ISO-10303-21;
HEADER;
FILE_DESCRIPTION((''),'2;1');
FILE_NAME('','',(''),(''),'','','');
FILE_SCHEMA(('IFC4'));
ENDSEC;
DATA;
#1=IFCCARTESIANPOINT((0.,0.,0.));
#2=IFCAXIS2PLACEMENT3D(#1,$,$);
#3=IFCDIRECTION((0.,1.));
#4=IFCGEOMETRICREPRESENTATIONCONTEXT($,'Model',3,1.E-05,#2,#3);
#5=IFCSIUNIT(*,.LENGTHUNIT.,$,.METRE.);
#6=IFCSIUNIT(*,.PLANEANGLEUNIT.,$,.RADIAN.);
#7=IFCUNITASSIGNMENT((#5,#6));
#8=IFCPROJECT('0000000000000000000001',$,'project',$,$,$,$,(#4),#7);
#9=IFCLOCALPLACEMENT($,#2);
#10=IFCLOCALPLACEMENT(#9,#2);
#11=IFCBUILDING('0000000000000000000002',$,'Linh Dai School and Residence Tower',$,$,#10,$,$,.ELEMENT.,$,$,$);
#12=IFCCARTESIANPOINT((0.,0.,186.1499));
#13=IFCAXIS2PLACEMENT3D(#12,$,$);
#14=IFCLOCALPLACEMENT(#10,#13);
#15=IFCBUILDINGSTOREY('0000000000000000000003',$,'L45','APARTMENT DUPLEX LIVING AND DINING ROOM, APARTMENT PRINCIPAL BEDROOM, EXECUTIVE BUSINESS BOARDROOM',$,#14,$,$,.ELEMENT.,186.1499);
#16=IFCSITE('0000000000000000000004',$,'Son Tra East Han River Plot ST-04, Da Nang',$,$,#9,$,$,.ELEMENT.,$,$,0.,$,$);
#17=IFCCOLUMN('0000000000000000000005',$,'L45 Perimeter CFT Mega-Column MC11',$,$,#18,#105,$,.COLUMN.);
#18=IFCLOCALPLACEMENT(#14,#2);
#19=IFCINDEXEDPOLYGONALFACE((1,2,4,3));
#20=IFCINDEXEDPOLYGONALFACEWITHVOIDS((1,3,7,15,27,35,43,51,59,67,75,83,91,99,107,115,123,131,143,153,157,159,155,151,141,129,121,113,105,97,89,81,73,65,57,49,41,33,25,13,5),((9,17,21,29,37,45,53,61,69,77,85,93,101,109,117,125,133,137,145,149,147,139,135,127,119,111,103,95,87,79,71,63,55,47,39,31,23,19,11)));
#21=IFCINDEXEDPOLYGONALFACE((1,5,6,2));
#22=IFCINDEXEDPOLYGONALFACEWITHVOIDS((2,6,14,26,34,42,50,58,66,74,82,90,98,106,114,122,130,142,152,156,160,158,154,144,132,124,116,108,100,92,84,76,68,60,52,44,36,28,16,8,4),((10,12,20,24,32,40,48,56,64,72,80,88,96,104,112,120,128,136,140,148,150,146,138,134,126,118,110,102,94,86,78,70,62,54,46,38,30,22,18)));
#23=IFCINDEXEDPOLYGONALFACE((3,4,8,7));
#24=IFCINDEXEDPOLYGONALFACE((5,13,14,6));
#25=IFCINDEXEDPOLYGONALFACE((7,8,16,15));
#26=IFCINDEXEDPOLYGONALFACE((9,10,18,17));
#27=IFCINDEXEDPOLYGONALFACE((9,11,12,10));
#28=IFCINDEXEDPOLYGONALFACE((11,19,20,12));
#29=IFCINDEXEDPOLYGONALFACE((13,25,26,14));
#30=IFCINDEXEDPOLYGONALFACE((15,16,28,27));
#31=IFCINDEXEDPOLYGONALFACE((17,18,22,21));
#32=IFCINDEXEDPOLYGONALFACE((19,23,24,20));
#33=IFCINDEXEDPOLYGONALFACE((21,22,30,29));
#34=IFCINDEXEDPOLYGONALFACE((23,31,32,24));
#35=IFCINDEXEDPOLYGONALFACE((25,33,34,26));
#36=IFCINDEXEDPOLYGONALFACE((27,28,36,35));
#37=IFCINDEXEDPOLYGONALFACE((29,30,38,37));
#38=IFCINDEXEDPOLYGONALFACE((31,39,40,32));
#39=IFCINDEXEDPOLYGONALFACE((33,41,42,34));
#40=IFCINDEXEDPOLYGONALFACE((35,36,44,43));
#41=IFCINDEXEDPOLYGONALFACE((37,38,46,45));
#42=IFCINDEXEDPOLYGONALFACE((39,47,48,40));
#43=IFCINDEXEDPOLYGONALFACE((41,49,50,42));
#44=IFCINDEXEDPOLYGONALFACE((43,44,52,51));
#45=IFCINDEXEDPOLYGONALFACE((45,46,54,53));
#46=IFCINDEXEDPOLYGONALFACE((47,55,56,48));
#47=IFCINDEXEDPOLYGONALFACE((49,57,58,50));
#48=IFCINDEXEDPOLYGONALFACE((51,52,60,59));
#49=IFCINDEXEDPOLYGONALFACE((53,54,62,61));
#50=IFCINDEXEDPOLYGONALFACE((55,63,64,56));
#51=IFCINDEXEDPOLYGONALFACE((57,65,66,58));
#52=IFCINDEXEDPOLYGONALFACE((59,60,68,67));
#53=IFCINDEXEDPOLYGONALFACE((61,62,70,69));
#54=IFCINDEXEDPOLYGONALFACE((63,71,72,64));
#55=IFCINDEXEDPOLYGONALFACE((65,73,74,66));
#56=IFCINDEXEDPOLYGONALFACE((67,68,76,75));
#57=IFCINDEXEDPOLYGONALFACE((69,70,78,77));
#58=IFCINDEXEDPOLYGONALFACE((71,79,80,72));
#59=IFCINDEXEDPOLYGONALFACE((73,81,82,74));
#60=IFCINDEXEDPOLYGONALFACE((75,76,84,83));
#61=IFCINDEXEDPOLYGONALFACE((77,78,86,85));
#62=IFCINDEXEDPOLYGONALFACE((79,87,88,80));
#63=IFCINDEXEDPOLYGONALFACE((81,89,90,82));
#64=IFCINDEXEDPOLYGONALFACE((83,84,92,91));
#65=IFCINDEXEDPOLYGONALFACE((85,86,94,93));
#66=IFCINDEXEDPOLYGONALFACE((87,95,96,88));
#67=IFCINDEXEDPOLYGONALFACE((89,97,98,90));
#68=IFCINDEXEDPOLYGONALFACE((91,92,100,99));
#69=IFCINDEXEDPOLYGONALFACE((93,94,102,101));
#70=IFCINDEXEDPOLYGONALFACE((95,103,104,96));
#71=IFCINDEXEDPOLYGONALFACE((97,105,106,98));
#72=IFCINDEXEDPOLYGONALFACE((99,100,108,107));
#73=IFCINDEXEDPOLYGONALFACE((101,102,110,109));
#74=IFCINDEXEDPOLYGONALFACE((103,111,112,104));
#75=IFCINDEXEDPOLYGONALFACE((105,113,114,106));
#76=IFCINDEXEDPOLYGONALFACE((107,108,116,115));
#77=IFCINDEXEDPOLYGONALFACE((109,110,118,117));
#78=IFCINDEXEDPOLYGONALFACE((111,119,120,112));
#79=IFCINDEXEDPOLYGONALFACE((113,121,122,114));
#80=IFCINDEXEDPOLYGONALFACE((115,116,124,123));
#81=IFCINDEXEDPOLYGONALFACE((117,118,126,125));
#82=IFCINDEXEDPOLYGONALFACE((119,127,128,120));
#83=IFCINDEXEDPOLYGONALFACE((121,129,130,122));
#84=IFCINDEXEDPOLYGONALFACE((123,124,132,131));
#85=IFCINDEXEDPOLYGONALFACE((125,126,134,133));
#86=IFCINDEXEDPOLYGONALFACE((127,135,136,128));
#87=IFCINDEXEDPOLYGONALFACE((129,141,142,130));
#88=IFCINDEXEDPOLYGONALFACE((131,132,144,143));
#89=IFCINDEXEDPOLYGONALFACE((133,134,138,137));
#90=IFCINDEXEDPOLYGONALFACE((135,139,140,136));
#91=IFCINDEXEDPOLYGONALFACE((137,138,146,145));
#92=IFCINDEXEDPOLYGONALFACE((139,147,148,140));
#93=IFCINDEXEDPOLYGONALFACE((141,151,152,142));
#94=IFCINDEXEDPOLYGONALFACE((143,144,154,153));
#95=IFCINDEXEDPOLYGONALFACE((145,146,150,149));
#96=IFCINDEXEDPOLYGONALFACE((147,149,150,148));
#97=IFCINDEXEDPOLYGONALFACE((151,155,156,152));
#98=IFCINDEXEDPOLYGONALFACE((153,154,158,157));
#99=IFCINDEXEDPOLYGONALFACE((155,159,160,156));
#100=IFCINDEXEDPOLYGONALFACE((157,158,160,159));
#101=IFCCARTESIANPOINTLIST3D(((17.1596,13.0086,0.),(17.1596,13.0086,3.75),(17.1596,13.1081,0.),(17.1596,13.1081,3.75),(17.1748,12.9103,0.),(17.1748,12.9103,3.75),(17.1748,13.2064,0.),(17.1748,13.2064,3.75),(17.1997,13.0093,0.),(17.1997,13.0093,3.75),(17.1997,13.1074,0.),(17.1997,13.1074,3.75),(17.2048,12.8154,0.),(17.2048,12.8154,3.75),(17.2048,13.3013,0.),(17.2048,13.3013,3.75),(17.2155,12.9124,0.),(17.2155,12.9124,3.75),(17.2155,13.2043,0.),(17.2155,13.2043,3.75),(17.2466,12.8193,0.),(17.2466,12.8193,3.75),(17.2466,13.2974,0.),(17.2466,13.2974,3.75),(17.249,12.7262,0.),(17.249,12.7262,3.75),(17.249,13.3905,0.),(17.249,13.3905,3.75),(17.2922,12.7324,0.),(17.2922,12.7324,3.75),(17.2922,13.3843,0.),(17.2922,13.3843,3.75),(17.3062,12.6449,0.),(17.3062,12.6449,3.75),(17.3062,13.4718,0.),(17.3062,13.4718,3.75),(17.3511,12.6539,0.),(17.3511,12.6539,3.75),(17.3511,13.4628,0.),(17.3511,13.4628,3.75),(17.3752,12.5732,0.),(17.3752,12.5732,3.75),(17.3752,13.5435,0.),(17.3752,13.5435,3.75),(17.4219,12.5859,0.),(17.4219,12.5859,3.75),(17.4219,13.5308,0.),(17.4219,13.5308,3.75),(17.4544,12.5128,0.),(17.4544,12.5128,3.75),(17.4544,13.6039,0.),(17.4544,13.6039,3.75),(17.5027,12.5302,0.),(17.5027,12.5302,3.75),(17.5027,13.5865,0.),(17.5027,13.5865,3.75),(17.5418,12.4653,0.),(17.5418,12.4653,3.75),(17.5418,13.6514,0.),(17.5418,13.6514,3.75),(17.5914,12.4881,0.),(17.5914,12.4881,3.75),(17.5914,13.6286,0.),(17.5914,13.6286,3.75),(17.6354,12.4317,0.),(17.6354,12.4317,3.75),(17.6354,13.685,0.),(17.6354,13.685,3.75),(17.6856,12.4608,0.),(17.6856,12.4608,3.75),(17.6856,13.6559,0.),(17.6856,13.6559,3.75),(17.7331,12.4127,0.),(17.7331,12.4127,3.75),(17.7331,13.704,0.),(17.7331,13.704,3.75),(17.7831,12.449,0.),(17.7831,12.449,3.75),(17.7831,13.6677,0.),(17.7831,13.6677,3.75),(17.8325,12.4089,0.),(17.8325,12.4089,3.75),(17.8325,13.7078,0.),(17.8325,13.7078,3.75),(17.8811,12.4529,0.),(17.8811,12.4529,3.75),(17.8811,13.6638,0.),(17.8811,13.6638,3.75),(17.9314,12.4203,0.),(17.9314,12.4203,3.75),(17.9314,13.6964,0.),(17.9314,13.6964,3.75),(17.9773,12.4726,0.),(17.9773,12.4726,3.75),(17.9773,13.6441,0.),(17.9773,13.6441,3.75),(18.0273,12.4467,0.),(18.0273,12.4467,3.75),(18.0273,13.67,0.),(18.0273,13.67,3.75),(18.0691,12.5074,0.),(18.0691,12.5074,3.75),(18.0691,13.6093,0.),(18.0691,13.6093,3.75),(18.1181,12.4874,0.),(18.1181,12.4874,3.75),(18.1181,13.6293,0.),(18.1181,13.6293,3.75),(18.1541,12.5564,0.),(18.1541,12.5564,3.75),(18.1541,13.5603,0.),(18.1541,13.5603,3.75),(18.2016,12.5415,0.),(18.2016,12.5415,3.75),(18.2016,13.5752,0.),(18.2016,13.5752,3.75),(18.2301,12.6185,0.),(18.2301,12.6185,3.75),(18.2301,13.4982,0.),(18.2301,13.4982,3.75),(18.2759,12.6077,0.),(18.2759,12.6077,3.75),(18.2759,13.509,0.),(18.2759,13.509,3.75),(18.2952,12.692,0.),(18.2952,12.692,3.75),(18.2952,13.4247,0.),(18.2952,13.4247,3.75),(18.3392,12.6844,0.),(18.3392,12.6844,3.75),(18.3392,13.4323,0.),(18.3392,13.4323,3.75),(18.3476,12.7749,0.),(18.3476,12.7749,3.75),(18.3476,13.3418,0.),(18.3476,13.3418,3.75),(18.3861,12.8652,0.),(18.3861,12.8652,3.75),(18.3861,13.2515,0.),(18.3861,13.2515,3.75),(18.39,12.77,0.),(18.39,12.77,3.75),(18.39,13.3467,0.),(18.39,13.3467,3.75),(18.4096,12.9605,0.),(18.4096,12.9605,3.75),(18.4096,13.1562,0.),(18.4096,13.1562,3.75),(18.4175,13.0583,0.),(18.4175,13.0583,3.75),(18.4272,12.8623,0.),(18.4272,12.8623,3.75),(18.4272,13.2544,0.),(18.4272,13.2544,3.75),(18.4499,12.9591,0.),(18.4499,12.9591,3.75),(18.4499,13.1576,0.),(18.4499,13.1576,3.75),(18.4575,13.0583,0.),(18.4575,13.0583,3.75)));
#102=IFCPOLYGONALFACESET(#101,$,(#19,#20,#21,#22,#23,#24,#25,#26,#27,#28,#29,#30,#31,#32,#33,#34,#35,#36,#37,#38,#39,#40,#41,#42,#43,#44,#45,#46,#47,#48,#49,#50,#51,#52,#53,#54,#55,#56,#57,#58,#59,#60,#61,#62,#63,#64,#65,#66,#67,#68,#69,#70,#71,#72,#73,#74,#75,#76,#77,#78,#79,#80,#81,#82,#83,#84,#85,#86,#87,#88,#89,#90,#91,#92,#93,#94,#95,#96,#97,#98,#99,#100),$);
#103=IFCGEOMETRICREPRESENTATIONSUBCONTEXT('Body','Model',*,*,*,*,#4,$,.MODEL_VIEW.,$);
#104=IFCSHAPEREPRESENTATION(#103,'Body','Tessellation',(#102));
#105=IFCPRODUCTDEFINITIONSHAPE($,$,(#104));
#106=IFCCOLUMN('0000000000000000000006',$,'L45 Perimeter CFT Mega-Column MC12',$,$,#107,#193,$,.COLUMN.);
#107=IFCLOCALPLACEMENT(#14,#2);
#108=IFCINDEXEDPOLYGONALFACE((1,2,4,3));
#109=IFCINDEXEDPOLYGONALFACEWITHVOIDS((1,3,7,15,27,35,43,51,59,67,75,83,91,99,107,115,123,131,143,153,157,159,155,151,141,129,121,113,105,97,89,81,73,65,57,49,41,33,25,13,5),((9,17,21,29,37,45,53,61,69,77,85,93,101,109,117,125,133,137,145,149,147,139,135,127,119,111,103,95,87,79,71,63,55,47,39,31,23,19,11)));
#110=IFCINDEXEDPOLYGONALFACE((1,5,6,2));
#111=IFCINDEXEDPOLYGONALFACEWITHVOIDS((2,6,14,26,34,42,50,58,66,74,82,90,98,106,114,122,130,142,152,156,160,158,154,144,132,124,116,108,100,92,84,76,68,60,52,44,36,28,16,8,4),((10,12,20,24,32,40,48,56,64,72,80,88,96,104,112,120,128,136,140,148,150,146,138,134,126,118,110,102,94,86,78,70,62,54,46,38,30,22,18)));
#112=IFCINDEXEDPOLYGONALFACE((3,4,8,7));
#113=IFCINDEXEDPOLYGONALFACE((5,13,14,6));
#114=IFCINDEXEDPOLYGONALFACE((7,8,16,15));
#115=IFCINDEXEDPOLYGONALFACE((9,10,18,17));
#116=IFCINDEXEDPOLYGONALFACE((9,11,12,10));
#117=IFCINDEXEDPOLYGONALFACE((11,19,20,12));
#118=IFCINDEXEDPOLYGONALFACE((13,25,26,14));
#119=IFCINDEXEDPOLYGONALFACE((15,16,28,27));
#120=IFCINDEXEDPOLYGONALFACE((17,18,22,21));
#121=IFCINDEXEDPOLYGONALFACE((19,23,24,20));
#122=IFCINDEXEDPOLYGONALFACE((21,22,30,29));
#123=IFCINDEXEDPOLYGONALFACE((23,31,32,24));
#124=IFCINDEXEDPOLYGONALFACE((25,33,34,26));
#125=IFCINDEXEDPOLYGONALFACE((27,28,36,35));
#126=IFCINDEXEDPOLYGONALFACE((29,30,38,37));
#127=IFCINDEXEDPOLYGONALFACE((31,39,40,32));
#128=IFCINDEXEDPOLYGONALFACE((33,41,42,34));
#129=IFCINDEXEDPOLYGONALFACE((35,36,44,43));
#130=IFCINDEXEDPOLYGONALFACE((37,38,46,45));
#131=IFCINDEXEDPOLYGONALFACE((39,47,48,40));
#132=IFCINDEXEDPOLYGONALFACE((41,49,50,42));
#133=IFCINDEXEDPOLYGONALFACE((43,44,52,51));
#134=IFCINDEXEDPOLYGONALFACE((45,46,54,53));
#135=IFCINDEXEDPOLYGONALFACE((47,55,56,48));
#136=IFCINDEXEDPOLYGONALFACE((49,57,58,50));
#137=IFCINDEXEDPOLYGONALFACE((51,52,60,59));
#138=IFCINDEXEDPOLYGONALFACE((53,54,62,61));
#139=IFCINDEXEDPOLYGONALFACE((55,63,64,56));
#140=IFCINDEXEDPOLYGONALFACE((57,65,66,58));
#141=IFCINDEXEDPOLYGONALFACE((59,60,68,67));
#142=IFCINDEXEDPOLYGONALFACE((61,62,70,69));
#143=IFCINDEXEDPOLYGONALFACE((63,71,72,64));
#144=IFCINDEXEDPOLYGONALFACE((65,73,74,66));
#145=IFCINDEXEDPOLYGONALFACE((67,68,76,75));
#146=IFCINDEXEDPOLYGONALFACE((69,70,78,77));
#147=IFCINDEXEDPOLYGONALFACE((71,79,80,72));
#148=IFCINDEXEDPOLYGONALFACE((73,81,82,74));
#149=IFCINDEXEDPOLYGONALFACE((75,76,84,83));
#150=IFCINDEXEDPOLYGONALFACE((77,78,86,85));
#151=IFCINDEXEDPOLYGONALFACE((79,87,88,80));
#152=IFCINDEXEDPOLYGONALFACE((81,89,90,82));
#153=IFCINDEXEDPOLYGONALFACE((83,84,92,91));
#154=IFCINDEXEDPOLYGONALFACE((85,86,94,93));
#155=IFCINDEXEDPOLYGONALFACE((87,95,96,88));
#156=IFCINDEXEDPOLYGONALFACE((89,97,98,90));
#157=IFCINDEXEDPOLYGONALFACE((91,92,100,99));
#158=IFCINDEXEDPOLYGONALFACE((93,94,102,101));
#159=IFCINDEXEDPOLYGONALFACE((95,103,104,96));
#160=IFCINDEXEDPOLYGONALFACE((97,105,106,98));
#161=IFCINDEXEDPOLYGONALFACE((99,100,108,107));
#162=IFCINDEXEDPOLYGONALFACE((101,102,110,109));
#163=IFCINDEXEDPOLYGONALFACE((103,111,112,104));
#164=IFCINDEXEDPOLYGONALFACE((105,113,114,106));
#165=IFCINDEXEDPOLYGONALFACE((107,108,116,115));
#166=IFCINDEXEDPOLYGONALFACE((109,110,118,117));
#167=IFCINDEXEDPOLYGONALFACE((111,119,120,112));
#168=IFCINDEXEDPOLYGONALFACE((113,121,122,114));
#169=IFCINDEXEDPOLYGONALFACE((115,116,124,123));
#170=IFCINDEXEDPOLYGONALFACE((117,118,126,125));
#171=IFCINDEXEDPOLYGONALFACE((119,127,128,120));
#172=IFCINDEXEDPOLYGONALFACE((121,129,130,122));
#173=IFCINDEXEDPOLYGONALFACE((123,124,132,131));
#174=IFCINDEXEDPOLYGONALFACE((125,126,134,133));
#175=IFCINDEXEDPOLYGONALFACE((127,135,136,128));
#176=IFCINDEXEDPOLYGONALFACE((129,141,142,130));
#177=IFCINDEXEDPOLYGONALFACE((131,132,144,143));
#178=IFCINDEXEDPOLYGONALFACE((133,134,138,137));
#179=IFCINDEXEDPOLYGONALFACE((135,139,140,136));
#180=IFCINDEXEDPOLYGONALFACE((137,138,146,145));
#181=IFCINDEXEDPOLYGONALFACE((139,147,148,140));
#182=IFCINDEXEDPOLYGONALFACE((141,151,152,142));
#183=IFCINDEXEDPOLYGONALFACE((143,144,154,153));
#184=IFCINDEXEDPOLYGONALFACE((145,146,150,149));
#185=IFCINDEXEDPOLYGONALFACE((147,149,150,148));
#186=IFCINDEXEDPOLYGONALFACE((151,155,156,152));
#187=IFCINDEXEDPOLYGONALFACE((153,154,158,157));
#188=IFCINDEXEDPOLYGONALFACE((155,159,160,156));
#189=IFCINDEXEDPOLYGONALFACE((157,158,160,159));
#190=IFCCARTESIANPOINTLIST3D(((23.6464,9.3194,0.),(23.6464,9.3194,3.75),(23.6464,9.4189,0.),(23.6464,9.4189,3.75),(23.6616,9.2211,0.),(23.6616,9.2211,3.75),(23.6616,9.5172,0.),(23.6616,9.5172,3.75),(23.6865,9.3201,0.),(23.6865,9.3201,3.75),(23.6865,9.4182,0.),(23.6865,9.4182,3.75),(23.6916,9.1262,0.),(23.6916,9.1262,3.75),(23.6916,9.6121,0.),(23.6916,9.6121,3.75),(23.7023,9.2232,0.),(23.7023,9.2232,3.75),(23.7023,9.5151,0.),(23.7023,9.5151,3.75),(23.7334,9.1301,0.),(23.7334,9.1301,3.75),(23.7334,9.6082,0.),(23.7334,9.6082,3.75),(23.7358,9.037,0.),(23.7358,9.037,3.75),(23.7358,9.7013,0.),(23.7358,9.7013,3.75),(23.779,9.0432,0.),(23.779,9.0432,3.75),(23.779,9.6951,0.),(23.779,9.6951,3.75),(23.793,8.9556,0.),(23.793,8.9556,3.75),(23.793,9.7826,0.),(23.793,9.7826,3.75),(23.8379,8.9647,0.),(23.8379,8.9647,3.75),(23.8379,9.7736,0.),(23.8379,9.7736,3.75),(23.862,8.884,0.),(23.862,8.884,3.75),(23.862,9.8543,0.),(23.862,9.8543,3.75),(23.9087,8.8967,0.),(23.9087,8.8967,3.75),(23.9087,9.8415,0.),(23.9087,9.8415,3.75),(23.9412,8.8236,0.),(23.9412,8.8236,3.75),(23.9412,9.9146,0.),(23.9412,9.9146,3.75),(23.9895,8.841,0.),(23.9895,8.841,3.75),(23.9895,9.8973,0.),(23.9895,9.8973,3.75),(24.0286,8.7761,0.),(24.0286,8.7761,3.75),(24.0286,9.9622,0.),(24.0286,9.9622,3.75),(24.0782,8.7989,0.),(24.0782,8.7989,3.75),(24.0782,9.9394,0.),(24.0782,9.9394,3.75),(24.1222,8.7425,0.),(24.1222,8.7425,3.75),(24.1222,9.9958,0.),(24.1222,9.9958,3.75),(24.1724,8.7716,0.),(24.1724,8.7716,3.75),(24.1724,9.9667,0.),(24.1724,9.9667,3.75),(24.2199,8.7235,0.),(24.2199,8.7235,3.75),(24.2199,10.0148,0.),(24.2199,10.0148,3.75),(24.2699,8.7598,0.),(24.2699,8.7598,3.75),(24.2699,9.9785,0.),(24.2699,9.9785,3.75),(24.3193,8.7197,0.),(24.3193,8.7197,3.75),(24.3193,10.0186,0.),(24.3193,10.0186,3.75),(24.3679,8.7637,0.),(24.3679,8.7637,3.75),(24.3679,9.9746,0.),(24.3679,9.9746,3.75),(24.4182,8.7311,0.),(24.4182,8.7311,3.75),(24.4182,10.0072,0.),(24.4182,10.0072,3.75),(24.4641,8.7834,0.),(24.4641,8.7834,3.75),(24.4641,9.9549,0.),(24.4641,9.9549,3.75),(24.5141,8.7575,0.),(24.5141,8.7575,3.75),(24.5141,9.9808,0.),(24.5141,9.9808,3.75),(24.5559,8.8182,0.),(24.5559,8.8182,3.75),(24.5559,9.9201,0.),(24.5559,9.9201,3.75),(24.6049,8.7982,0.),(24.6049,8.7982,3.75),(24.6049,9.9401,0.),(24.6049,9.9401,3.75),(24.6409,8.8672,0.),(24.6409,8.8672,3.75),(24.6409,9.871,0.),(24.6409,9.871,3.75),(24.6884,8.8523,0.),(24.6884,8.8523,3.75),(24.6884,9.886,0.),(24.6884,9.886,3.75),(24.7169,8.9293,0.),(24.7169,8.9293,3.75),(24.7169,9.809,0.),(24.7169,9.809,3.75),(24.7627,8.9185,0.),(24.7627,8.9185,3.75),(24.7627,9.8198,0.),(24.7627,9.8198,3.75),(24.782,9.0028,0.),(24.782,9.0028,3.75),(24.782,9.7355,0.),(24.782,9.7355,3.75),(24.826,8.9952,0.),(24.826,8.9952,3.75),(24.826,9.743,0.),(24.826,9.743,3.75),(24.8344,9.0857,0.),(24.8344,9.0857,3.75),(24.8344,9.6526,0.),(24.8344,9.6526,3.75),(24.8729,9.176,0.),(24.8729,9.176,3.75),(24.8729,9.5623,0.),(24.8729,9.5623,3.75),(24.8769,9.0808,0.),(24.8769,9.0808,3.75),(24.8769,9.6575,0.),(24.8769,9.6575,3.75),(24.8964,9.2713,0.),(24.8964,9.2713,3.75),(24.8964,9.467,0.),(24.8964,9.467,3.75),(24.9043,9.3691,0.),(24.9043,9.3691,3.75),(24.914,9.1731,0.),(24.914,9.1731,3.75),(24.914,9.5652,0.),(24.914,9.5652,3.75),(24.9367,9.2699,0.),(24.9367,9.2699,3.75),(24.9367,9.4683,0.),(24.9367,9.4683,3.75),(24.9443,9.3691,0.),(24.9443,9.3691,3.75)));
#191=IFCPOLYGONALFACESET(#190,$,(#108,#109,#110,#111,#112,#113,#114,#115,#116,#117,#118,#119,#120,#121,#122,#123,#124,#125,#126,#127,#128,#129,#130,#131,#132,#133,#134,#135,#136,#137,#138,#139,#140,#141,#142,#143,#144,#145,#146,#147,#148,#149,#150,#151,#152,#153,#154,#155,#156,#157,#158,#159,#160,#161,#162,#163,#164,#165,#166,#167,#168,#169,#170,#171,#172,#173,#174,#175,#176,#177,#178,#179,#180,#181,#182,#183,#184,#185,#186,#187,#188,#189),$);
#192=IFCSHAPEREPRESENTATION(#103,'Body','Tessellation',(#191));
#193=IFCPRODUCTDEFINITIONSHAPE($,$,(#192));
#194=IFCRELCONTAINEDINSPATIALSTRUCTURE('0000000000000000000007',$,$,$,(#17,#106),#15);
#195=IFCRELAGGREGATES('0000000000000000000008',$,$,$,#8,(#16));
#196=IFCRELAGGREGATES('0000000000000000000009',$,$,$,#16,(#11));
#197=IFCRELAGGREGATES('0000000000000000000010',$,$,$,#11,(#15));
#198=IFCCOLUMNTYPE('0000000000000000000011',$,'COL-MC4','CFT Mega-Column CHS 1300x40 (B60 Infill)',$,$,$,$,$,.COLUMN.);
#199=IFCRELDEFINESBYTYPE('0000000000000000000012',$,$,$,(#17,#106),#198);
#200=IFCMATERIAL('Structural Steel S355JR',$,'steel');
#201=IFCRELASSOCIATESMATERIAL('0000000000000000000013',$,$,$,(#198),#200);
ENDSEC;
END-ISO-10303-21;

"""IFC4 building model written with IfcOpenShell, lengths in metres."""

from ifc_helpers import new_model, si_unit, direction, frame, origin, origin_2d, place, context, subcontext, project, spatial, hollow_circle, extrude, material, material_profile, profile_set, type_object, element, save


model = new_model("IFC4")

# Units and contexts
model_context = context("Model", 3, precision=1e-05, world=origin(), true_north=direction((0.0, 1.0)))
body_context = subcontext(model_context, "Body", "Model", "MODEL_VIEW")
ifc_project = project(units=[si_unit("LENGTHUNIT", "METRE"), si_unit("PLANEANGLEUNIT", "RADIAN")], contexts=[model_context])

# Site, building, storey
site_placement = place(None, origin())
site = spatial("IfcSite", under=ifc_project, at=site_placement, Name="Son Tra East Han River Plot ST-04, Da Nang", CompositionType="ELEMENT", RefElevation=0.0)
building_placement = place(site_placement, origin())
building = spatial("IfcBuilding", under=site, at=building_placement, Name="Linh Dai School and Residence Tower", CompositionType="ELEMENT")
storey_placement = place(building_placement, frame((0.0, 0.0, 186.1499)))
storey = spatial("IfcBuildingStorey", under=building, at=storey_placement, Name="L45", Description="APARTMENT DUPLEX LIVING AND DINING ROOM, APARTMENT PRINCIPAL BEDROOM, EXECUTIVE BUSINESS BOARDROOM", CompositionType="ELEMENT", Elevation=186.1499)

# Columns
ifc_material_1 = material(Name="Structural Steel S355JR", Category="steel")
ifc_material_profile_1 = material_profile(ifc_material_1, hollow_circle(Radius=0.6499, WallThickness=0.04, at=origin_2d()), Name="CHS 1300x40")
ifc_profile_set_1 = profile_set([ifc_material_profile_1], Name="Structural Steel S355JR")
column_type = type_object("IfcColumnType", Name="COL-MC4", Description="CFT Mega-Column CHS 1300x40 (B60 Infill)", PredefinedType="COLUMN", material=ifc_profile_set_1)
for number, where, z_axis, x_axis, name in (
    (1, (17.8076, 13.0583, 0.0), (0.0, 0.0, 1.0), (1.0, 0.0, 0.0), "L45 Perimeter CFT Mega-Column MC11"),
    (2, (24.2944, 9.3691, 0.0), (0.0, 0.0, 1.0), (1.0, 0.0, 0.0), "L45 Perimeter CFT Mega-Column MC12"),
):
    element("IfcColumn", number, at=place(storey_placement, frame(where, z_axis=z_axis, x_axis=x_axis)), inside=storey, type_object=column_type, Name=name, PredefinedType="COLUMN", context=body_context, shape_type="SweptSolid", body=[
        extrude(hollow_circle(Radius=0.6499, WallThickness=0.04, at=origin_2d()), origin(), (0.0, 0.0, 1.0), 3.75),
    ])

save(model, "model.ifc")
